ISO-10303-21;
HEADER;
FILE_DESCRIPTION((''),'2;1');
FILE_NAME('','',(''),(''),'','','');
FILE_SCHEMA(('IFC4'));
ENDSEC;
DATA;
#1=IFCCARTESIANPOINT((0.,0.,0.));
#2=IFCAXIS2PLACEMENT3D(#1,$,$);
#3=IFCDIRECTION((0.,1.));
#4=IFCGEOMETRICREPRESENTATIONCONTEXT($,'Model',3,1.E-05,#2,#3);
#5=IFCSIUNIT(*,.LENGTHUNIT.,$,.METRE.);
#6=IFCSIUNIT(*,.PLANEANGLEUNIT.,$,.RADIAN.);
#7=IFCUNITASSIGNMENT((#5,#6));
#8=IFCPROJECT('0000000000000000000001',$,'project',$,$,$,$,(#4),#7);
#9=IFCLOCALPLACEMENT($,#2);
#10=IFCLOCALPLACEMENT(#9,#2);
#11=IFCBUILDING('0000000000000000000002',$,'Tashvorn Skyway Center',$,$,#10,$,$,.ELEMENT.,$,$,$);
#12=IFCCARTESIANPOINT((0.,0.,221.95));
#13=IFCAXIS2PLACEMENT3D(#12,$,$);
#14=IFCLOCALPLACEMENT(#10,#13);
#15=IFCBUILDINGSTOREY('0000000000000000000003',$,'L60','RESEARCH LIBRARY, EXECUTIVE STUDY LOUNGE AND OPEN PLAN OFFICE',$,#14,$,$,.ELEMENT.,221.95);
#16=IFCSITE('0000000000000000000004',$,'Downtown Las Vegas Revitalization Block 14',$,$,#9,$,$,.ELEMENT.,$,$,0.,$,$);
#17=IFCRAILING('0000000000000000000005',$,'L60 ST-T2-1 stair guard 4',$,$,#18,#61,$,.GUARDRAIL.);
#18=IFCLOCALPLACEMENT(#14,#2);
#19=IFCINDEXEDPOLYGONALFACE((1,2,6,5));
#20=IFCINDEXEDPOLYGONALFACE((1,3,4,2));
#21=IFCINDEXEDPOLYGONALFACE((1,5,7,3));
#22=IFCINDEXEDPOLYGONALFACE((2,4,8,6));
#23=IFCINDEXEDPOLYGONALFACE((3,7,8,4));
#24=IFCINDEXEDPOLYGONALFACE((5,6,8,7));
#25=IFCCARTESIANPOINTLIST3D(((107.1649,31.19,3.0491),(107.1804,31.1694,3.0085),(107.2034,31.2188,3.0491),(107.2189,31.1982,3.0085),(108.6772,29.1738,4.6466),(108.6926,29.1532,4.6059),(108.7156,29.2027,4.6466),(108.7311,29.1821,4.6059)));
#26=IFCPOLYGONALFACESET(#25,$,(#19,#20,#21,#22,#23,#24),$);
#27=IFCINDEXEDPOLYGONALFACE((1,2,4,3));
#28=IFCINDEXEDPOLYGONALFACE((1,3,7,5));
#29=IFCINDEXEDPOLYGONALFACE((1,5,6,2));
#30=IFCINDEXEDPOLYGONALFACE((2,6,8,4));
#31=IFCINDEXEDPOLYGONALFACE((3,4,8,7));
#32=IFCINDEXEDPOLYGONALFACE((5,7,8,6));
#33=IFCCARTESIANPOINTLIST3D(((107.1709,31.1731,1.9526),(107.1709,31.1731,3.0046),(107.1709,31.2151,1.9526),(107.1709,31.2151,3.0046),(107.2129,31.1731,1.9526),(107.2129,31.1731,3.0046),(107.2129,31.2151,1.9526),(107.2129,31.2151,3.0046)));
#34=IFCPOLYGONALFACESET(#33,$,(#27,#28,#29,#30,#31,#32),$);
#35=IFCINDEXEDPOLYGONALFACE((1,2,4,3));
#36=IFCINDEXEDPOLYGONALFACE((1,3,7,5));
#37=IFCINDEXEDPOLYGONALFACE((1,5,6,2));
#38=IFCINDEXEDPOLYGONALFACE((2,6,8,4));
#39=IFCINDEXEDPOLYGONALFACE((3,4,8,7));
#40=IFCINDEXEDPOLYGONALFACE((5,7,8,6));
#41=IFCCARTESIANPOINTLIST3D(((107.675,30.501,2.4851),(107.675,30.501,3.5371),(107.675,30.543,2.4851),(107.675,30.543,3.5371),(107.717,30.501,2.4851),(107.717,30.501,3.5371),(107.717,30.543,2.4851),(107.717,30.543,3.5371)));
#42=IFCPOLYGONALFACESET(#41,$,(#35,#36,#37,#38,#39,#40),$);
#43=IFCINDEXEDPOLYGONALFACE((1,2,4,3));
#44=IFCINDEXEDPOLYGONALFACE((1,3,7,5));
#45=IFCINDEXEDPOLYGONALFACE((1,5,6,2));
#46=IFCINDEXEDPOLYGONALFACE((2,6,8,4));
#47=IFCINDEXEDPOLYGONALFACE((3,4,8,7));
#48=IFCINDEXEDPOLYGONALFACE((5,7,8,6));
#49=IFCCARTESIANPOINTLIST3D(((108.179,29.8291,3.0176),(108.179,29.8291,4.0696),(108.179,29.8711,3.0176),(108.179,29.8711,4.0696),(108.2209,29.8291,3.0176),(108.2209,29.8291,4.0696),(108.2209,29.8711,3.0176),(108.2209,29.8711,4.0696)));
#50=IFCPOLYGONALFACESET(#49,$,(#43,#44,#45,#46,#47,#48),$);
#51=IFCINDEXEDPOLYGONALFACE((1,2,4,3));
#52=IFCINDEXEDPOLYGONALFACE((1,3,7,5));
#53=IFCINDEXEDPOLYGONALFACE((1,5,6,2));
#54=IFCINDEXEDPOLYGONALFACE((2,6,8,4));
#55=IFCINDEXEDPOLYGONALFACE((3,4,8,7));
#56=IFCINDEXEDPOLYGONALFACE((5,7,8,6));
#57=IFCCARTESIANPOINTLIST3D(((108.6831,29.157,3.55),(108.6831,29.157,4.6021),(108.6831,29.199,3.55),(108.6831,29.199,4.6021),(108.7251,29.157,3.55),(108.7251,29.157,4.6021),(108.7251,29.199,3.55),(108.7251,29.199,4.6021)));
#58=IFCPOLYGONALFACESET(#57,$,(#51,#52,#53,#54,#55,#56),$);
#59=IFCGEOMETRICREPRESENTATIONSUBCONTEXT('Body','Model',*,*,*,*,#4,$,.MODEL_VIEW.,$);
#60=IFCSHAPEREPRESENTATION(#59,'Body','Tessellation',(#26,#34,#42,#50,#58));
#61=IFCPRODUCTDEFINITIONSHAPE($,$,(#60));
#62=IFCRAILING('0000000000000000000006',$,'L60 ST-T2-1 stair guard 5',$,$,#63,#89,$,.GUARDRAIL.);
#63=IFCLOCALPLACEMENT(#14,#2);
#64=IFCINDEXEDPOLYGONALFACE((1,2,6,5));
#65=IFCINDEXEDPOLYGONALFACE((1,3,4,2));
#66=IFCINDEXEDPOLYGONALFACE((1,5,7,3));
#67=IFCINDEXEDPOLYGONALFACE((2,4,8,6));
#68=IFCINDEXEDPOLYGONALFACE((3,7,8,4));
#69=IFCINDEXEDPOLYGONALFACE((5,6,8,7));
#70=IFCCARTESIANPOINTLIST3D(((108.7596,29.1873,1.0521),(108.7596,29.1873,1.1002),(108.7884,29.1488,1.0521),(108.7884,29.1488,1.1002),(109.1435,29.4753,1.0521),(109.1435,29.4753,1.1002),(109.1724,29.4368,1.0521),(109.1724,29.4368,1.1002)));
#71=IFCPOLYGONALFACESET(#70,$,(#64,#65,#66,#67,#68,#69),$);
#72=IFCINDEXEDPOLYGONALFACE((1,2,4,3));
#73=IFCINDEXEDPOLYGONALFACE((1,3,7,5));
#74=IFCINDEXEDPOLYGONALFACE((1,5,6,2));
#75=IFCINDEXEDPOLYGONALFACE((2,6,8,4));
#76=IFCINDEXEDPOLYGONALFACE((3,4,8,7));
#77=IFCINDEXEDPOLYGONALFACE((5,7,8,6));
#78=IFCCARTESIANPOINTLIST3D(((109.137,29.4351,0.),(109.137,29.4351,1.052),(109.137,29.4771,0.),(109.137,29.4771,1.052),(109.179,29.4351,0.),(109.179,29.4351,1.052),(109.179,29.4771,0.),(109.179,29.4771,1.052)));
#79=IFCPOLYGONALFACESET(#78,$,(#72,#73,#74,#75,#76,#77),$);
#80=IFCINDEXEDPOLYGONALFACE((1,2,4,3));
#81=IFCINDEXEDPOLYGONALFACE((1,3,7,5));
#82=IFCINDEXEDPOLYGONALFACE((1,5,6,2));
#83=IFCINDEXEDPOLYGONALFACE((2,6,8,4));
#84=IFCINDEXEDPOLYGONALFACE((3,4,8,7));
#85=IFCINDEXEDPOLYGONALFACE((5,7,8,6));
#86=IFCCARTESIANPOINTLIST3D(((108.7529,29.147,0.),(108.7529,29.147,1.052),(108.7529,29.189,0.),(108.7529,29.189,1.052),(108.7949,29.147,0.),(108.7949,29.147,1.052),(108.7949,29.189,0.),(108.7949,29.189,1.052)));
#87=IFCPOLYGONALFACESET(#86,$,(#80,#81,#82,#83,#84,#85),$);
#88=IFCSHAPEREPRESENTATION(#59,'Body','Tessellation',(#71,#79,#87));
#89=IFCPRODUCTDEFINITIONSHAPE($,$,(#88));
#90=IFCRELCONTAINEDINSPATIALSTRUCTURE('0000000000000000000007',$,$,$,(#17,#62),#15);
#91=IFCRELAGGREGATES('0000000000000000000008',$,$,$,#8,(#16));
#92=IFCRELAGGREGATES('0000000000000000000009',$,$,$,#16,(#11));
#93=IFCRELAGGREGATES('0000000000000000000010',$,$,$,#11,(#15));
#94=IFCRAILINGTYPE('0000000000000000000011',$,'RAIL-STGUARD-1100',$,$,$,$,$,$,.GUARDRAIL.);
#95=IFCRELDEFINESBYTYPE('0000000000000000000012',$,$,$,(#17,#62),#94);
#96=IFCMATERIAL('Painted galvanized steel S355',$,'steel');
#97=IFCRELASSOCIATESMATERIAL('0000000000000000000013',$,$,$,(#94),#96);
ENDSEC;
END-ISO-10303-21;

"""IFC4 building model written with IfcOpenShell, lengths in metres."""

from ifc_helpers import new_model, si_unit, direction, frame, origin, origin_2d, place, context, subcontext, project, spatial, rectangle, extrude, material, type_object, element, save


model = new_model("IFC4")

# Units and contexts
model_context = context("Model", 3, precision=1e-05, world=origin(), true_north=direction((0.0, 1.0)))
body_context = subcontext(model_context, "Body", "Model", "MODEL_VIEW")
ifc_project = project(units=[si_unit("LENGTHUNIT", "METRE"), si_unit("PLANEANGLEUNIT", "RADIAN")], contexts=[model_context])

# Site, building, storey
site_placement = place(None, origin())
site = spatial("IfcSite", under=ifc_project, at=site_placement, Name="Downtown Las Vegas Revitalization Block 14", CompositionType="ELEMENT", RefElevation=0.0)
building_placement = place(site_placement, origin())
building = spatial("IfcBuilding", under=site, at=building_placement, Name="Tashvorn Skyway Center", CompositionType="ELEMENT")
storey_placement = place(building_placement, frame((0.0, 0.0, 221.95)))
storey = spatial("IfcBuildingStorey", under=building, at=storey_placement, Name="L60", Description="RESEARCH LIBRARY, EXECUTIVE STUDY LOUNGE AND OPEN PLAN OFFICE", CompositionType="ELEMENT", Elevation=221.95)

# Railings
ifc_material_1 = material(Name="Painted galvanized steel S355", Category="steel")
railing_type_1 = type_object("IfcRailingType", Name="RAIL-STGUARD-1100", PredefinedType="GUARDRAIL", material=ifc_material_1)
railing_1_placement = place(storey_placement, frame((107.1919, 31.1941, 1.9526)))
element("IfcRailing", 1, at=railing_1_placement, inside=storey, type_object=railing_type_1, Name="L60 ST-T2-1 stair guard 4", PredefinedType="GUARDRAIL", context=body_context, shape_type="SweptSolid", body=[
    extrude(rectangle(XDim=0.0481, YDim=0.0481, at=origin_2d()), frame((0.0, 0.0, 1.0762), z_axis=(0.506802, -0.675681, 0.535357), x_axis=(0.799977, 0.600031, 0.0)), (0.0, 0.0, 1.0), 2.9839),
    extrude(rectangle(XDim=0.042, YDim=0.042, at=origin_2d()), origin(), (0.0, 0.0, 1.0), 1.052),
    extrude(rectangle(XDim=0.042, YDim=0.042, at=origin_2d()), frame((0.5042, -0.6721, 0.5325)), (0.0, 0.0, 1.0), 1.052),
    extrude(rectangle(XDim=0.042, YDim=0.042, at=origin_2d()), frame((1.0081, -1.344, 1.0649)), (0.0, 0.0, 1.0), 1.052),
    extrude(rectangle(XDim=0.042, YDim=0.042, at=origin_2d()), frame((1.5122, -2.0161, 1.5974)), (0.0, 0.0, 1.0), 1.052),
])
railing_2_placement = place(storey_placement, frame((109.158, 29.4561, 0.0)))
element("IfcRailing", 2, at=railing_2_placement, inside=storey, type_object=railing_type_1, Name="L60 ST-T2-1 stair guard 5", PredefinedType="GUARDRAIL", context=body_context, shape_type="SweptSolid", body=[
    extrude(rectangle(XDim=0.0481, YDim=0.0481, at=origin_2d()), frame((0.0, 0.0, 1.0762), z_axis=(-0.799939, -0.600081, 0.0), x_axis=(0.600081, -0.799939, 0.0)), (0.0, 0.0, 1.0), 0.48),
    extrude(rectangle(XDim=0.042, YDim=0.042, at=origin_2d()), origin(), (0.0, 0.0, 1.0), 1.052),
    extrude(rectangle(XDim=0.042, YDim=0.042, at=origin_2d()), frame((-0.384, -0.2881, 0.0)), (0.0, 0.0, 1.0), 1.052),
])

save(model, "model.ifc")
